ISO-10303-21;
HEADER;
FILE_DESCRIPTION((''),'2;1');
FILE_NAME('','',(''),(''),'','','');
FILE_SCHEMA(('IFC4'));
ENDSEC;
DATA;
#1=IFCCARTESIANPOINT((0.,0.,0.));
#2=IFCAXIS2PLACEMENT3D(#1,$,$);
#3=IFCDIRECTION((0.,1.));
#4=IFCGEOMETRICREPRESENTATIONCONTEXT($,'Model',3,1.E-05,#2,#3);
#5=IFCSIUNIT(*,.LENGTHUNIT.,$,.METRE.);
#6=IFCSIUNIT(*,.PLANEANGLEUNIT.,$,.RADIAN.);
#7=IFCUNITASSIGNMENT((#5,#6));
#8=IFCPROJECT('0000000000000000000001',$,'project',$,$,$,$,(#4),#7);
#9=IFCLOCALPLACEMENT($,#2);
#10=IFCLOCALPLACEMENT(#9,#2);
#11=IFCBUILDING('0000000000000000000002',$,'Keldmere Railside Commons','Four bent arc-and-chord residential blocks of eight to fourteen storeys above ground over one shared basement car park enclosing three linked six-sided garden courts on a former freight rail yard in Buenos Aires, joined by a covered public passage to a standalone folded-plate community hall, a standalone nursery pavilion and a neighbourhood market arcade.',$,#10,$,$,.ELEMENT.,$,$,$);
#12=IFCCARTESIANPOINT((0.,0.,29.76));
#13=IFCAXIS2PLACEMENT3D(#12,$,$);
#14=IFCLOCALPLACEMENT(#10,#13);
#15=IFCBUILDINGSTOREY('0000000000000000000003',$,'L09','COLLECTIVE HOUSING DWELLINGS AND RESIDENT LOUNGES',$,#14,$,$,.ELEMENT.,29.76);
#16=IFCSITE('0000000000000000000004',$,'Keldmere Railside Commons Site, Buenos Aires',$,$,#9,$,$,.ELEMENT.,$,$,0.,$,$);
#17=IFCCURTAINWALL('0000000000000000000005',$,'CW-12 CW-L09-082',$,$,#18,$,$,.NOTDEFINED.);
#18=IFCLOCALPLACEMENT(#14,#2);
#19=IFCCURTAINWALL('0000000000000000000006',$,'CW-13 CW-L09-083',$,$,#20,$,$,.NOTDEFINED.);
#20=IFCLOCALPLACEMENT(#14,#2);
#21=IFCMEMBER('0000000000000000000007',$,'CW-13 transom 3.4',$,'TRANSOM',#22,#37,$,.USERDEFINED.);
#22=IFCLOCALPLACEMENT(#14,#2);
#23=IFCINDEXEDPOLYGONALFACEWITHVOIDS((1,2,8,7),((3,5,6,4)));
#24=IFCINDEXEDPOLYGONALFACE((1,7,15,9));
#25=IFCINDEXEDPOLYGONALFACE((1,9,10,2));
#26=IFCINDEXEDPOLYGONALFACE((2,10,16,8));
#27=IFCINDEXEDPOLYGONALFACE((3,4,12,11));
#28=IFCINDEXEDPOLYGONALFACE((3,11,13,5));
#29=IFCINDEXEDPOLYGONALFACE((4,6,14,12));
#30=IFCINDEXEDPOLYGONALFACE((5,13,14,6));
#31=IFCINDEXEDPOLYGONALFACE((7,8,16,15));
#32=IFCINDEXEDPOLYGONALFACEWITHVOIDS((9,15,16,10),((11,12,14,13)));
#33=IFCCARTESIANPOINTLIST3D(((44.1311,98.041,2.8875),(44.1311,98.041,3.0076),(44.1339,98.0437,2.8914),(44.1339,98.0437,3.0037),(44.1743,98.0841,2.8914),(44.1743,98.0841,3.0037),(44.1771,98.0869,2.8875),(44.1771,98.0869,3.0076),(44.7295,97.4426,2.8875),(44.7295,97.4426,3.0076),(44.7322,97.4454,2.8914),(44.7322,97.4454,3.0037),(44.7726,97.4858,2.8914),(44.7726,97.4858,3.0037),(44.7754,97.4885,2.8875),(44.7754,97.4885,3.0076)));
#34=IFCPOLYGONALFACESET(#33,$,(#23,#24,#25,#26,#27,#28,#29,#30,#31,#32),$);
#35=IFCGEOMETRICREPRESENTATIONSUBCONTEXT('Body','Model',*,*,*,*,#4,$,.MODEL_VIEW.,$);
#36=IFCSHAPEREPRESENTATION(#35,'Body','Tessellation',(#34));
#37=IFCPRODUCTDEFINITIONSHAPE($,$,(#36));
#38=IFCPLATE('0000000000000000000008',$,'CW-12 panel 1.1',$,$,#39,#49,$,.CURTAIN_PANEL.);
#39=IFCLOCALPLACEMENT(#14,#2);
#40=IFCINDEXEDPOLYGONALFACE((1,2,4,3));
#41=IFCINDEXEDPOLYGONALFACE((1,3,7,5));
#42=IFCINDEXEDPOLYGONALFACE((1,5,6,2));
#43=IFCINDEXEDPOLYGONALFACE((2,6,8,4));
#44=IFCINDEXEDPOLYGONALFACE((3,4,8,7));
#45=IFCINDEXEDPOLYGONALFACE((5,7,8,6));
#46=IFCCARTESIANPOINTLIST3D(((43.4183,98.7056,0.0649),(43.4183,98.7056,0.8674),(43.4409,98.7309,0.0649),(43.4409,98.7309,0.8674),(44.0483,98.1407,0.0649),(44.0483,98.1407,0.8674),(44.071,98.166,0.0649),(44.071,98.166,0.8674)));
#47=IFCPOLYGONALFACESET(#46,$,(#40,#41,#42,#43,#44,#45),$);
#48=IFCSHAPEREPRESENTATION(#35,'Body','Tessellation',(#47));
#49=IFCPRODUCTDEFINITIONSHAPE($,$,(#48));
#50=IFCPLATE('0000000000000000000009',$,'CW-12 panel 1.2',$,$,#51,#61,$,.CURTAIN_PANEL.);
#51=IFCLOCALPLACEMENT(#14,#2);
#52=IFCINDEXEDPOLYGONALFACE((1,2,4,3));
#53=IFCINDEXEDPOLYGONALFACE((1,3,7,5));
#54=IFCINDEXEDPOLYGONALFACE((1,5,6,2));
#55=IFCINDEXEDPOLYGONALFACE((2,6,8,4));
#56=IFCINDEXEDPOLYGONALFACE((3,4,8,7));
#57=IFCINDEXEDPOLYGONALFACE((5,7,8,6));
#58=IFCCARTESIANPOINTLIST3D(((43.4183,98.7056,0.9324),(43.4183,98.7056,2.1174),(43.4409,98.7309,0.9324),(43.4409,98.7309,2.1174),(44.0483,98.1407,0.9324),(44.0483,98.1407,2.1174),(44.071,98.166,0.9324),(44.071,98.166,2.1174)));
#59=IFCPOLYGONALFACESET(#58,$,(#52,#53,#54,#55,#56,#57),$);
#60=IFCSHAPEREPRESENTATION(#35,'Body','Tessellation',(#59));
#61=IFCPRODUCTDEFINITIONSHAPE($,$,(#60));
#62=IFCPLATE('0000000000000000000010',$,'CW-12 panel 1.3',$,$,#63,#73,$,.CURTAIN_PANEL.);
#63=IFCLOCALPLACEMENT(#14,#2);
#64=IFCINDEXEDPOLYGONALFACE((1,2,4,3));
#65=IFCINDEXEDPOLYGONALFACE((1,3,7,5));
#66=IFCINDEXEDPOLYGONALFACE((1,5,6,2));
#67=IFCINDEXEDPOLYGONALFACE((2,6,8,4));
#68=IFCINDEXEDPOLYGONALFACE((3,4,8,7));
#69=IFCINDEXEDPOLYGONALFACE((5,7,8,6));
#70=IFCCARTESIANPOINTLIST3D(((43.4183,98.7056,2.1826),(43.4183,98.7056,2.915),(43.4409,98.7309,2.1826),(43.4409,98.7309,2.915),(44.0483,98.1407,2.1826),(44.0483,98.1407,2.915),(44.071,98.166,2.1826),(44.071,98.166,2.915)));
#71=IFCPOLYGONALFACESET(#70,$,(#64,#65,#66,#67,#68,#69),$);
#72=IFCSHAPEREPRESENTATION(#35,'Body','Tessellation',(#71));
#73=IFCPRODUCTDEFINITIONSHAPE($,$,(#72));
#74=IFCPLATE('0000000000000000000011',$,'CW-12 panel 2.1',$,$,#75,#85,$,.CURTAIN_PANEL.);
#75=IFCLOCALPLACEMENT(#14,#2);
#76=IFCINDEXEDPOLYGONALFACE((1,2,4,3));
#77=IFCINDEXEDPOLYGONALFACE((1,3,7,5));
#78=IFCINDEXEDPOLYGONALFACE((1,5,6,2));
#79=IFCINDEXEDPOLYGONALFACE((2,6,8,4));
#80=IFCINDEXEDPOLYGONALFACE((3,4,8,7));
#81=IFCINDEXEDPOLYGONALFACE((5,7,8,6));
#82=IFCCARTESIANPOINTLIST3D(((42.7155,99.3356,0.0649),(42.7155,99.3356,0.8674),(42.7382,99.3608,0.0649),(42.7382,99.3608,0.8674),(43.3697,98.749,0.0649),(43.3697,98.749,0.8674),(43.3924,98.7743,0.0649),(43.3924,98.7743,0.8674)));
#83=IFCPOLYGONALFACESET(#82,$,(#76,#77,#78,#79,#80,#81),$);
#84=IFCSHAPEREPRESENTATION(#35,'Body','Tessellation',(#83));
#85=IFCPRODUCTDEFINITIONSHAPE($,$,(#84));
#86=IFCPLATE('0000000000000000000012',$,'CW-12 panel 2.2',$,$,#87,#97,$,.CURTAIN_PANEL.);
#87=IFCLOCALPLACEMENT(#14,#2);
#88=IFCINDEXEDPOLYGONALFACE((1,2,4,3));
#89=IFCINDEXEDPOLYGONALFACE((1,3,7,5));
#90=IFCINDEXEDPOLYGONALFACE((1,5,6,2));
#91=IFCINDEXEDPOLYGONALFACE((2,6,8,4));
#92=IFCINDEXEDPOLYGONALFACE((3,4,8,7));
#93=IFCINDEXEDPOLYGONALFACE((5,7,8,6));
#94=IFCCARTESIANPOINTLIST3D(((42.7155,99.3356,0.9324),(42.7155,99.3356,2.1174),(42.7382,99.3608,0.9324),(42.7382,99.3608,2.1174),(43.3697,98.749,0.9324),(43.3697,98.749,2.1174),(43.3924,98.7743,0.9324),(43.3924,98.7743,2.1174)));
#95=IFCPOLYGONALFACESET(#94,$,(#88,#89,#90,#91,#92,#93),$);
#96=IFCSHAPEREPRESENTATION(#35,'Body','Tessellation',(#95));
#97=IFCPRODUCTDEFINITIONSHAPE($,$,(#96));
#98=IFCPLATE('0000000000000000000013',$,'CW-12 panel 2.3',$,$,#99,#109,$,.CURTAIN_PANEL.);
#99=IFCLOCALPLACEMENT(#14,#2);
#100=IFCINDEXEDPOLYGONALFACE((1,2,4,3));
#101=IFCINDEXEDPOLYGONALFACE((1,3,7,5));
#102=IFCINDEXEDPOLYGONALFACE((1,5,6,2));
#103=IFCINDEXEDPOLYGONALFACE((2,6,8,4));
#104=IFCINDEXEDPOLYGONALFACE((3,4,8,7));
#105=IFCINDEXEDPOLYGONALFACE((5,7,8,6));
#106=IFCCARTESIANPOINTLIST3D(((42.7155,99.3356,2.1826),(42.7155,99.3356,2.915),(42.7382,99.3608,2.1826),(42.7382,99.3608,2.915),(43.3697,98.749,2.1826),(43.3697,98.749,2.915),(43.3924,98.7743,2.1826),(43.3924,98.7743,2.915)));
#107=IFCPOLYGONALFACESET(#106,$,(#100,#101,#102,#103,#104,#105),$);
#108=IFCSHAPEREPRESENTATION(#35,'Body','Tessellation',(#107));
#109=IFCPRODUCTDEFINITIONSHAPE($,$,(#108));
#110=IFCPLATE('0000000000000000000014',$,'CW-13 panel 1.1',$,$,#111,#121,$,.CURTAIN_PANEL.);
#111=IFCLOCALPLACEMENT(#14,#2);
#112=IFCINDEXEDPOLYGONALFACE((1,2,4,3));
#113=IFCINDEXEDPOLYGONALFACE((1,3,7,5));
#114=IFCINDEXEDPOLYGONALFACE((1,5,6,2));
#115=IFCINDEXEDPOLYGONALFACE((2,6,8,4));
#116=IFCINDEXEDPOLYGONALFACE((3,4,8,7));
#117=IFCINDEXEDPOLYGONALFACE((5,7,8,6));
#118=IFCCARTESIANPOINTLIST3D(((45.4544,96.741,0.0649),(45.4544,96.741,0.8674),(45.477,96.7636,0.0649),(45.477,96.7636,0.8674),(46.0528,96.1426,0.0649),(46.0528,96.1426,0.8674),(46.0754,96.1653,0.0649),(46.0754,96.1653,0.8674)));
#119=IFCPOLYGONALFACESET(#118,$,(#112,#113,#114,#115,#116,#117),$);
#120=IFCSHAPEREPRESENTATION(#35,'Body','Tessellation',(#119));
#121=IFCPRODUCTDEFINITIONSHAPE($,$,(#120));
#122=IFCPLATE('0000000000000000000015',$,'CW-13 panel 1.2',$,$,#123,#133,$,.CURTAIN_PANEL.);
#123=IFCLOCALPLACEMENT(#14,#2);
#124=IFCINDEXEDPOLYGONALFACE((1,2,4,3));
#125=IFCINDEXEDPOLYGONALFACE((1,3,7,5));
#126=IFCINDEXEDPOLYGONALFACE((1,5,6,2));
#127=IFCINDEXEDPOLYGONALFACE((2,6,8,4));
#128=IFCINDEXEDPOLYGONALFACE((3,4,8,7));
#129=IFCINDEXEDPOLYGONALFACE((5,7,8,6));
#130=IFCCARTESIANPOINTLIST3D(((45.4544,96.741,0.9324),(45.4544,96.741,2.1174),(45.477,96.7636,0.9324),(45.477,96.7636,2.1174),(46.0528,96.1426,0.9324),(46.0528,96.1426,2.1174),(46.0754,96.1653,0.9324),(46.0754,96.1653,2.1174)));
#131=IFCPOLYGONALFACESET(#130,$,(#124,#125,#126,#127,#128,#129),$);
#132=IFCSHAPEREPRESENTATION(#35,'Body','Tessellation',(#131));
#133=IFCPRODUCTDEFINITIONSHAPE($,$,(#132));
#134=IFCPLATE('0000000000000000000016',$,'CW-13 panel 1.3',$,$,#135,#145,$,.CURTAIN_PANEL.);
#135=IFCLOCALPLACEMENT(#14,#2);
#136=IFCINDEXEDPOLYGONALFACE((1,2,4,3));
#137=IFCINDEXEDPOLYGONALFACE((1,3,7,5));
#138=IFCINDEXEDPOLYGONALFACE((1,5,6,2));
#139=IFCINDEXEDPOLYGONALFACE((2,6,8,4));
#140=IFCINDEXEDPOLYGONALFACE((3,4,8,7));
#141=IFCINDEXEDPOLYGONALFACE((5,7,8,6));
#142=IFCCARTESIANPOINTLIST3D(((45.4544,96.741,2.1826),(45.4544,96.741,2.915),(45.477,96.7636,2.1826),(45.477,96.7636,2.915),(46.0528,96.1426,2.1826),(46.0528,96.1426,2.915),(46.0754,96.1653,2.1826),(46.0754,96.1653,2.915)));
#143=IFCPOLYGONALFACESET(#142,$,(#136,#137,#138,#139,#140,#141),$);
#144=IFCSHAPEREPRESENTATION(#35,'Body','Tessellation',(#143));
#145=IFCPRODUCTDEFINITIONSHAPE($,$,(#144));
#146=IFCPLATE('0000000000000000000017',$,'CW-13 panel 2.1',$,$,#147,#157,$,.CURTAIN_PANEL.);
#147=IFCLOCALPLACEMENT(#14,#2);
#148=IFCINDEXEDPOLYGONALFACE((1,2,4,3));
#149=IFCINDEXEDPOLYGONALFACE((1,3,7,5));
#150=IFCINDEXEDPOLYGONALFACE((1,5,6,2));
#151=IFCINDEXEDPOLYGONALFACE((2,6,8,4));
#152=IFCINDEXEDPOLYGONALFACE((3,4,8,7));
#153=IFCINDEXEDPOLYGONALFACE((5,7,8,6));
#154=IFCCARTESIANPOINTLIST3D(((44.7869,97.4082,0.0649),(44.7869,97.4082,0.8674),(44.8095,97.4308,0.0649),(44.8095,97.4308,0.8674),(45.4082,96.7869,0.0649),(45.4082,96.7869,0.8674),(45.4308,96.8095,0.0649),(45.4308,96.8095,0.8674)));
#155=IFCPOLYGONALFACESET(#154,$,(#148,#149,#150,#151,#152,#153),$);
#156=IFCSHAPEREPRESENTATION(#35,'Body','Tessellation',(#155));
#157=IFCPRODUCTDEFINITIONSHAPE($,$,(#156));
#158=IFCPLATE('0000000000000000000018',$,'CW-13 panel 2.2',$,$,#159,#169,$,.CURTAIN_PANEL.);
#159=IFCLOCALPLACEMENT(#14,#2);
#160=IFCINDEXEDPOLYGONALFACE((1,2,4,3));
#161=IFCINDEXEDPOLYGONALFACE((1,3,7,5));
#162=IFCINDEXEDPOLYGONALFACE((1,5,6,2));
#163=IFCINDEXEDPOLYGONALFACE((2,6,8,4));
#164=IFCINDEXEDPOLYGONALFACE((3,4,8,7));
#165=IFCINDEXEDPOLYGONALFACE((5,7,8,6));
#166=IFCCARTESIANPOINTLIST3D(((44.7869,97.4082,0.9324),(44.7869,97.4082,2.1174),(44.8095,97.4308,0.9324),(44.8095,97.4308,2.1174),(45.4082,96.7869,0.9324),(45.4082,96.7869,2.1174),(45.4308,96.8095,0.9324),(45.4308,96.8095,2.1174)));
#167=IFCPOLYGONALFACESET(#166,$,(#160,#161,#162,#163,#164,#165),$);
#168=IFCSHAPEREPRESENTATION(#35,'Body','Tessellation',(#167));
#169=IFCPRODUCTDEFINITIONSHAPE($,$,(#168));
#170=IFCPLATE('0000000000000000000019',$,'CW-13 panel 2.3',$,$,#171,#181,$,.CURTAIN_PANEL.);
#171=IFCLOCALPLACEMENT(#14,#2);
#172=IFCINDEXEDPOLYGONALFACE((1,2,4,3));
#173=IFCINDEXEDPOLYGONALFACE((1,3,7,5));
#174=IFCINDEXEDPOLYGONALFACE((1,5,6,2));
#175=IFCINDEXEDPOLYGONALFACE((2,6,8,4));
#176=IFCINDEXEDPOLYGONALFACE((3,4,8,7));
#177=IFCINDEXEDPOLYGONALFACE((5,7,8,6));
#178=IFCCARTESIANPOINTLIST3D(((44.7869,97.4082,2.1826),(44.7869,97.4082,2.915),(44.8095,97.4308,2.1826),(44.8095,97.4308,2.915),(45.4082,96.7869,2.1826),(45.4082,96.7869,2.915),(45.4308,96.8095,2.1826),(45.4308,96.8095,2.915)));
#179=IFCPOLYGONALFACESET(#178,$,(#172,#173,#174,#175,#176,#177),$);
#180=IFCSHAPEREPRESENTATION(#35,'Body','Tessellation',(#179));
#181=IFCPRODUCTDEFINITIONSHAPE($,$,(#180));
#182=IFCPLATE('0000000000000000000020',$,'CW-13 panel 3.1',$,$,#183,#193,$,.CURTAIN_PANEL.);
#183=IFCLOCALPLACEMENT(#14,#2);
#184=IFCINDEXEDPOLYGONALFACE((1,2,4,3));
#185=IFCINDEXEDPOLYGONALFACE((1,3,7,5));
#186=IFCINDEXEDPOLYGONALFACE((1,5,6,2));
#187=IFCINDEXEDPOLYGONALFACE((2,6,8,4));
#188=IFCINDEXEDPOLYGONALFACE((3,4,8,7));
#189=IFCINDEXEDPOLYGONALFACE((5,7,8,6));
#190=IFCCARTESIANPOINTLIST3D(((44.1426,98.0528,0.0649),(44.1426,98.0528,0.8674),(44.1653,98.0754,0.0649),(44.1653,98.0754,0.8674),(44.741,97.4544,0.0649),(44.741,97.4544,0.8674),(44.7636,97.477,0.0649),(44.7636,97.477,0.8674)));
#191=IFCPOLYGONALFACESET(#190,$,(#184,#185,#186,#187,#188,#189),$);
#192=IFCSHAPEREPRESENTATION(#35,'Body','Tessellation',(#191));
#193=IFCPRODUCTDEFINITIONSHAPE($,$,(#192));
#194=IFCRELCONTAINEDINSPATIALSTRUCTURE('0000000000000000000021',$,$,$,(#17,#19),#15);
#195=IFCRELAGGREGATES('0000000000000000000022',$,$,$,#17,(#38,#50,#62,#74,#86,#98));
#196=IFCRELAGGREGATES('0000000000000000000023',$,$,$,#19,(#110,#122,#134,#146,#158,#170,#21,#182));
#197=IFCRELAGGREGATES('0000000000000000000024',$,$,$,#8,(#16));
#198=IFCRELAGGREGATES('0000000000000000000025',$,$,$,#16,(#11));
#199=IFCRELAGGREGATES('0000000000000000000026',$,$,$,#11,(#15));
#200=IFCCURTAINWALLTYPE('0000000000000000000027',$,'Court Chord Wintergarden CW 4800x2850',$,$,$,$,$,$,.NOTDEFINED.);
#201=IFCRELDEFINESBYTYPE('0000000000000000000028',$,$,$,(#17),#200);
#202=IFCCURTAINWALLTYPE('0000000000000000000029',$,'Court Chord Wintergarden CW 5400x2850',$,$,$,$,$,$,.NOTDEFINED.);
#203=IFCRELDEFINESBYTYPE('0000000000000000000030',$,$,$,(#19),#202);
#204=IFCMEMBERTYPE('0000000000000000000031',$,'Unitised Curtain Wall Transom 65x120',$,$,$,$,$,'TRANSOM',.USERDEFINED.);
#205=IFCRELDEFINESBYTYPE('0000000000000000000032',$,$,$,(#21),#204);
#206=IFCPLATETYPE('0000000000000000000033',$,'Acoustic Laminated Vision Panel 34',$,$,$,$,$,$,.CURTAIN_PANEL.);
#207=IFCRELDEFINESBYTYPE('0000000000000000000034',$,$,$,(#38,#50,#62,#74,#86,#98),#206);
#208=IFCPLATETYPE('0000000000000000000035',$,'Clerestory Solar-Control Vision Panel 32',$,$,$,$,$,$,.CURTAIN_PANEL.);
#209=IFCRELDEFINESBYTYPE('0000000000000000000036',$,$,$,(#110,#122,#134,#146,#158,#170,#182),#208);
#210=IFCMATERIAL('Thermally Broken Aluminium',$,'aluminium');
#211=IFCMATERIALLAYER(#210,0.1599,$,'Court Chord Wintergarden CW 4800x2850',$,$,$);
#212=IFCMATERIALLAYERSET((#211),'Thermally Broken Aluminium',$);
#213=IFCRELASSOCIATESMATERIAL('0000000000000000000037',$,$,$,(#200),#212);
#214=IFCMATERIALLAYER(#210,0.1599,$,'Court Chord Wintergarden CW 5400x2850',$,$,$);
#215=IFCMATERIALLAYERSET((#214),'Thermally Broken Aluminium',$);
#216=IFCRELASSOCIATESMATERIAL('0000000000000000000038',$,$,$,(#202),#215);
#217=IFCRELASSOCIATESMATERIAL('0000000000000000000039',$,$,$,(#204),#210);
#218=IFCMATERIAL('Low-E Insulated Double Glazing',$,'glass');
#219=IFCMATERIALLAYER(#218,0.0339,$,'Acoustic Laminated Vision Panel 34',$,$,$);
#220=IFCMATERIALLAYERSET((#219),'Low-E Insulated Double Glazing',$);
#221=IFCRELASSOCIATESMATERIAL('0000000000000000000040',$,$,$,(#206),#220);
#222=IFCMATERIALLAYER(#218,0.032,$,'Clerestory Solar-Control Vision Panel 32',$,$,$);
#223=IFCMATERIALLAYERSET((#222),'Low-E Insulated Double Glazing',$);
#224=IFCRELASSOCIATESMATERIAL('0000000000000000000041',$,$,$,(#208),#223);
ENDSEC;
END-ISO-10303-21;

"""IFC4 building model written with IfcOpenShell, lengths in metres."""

from ifc_helpers import new_model, si_unit, direction, frame, origin, origin_2d, place, context, subcontext, project, spatial, rectangle, hollow_rectangle, extrude, material, layer, layer_set, material_profile, profile_set, type_object, element, aggregate, save


model = new_model("IFC4")

# Units and contexts
model_context = context("Model", 3, precision=1e-05, world=origin(), true_north=direction((0.0, 1.0)))
body_context = subcontext(model_context, "Body", "Model", "MODEL_VIEW")
ifc_project = project(units=[si_unit("LENGTHUNIT", "METRE"), si_unit("PLANEANGLEUNIT", "RADIAN")], contexts=[model_context])

# Site, building, storey
site_placement = place(None, origin())
site = spatial("IfcSite", under=ifc_project, at=site_placement, Name="Keldmere Railside Commons Site, Buenos Aires", CompositionType="ELEMENT", RefElevation=0.0)
building_placement = place(site_placement, origin())
building = spatial("IfcBuilding", under=site, at=building_placement, Name="Keldmere Railside Commons", Description="Four bent arc-and-chord residential blocks of eight to fourteen storeys above ground over one shared basement car park enclosing three linked six-sided garden courts on a former freight rail yard in Buenos Aires, joined by a covered public passage to a standalone folded-plate community hall, a standalone nursery pavilion and a neighbourhood market arcade.", CompositionType="ELEMENT")
storey_placement = place(building_placement, frame((0.0, 0.0, 29.76)))
storey = spatial("IfcBuildingStorey", under=building, at=storey_placement, Name="L09", Description="COLLECTIVE HOUSING DWELLINGS AND RESIDENT LOUNGES", CompositionType="ELEMENT", Elevation=29.76)

# Curtain walls
ifc_material_1 = material(Name="Thermally Broken Aluminium", Category="aluminium")
ifc_layer_1 = layer(ifc_material_1, 0.1599, Name="Court Chord Wintergarden CW 4800x2850")
ifc_layer_set_1 = layer_set([ifc_layer_1], Name="Thermally Broken Aluminium")
curtain_wall_type_1 = type_object("IfcCurtainWallType", Name="Court Chord Wintergarden CW 4800x2850", PredefinedType="NOTDEFINED", material=ifc_layer_set_1)
curtain_wall_1_placement = place(storey_placement, origin())
curtain_wall_1 = element("IfcCurtainWall", 1, at=curtain_wall_1_placement, inside=storey, type_object=curtain_wall_type_1, Name="CW-12 CW-L09-082", PredefinedType="NOTDEFINED")
ifc_layer_2 = layer(ifc_material_1, 0.1599, Name="Court Chord Wintergarden CW 5400x2850")
ifc_layer_set_2 = layer_set([ifc_layer_2], Name="Thermally Broken Aluminium")
curtain_wall_type_2 = type_object("IfcCurtainWallType", Name="Court Chord Wintergarden CW 5400x2850", PredefinedType="NOTDEFINED", material=ifc_layer_set_2)
curtain_wall_2_placement = place(storey_placement, origin())
curtain_wall_2 = element("IfcCurtainWall", 2, at=curtain_wall_2_placement, inside=storey, type_object=curtain_wall_type_2, Name="CW-13 CW-L09-083", PredefinedType="NOTDEFINED")

# Member
ifc_material_profile_1 = material_profile(ifc_material_1, hollow_rectangle(XDim=0.0649, YDim=0.1201, WallThickness=0.0039, at=origin_2d()), Name="ALU-TRAN-65x120")
ifc_profile_set_1 = profile_set([ifc_material_profile_1], Name="Thermally Broken Aluminium")
member_type_1 = type_object("IfcMemberType", Name="Unitised Curtain Wall Transom 65x120", ElementType="TRANSOM", PredefinedType="USERDEFINED", material=ifc_profile_set_1)
member_1_placement = place(storey_placement, frame((44.7524, 97.4656, 2.9475), z_axis=(-0.707107, 0.707107, 0.0), x_axis=(-0.707107, -0.707107, 0.0)))
member_1 = element("IfcMember", 3, at=member_1_placement, type_object=member_type_1, Name="CW-13 transom 3.4", ObjectType="TRANSOM", PredefinedType="USERDEFINED", context=body_context, shape_type="SweptSolid", body=[
    extrude(hollow_rectangle(XDim=0.0649, YDim=0.1201, WallThickness=0.0039, at=origin_2d()), origin(), (0.0, 0.0, 1.0), 0.8462),
])

# Plates
ifc_material_2 = material(Name="Low-E Insulated Double Glazing", Category="glass")
ifc_layer_3 = layer(ifc_material_2, 0.0339, Name="Acoustic Laminated Vision Panel 34")
ifc_layer_set_3 = layer_set([ifc_layer_3], Name="Low-E Insulated Double Glazing")
plate_type_1 = type_object("IfcPlateType", Name="Acoustic Laminated Vision Panel 34", PredefinedType="CURTAIN_PANEL", material=ifc_layer_set_3)
plate_1_placement = place(storey_placement, frame((43.7446, 98.4358, 0.0649), z_axis=(0.0, 0.0, 1.0), x_axis=(-0.744557, 0.667559, 0.0)))
plate_1 = element("IfcPlate", 4, at=plate_1_placement, type_object=plate_type_1, Name="CW-12 panel 1.1", PredefinedType="CURTAIN_PANEL", context=body_context, shape_type="SweptSolid", body=[
    extrude(rectangle(XDim=0.8462, YDim=0.0339, at=origin_2d()), origin(), (0.0, 0.0, 1.0), 0.8025),
])
plate_2_placement = place(storey_placement, frame((43.7446, 98.4358, 0.9324), z_axis=(0.0, 0.0, 1.0), x_axis=(-0.744557, 0.667559, 0.0)))
plate_2 = element("IfcPlate", 5, at=plate_2_placement, type_object=plate_type_1, Name="CW-12 panel 1.2", PredefinedType="CURTAIN_PANEL", context=body_context, shape_type="SweptSolid", body=[
    extrude(rectangle(XDim=0.8462, YDim=0.0339, at=origin_2d()), origin(), (0.0, 0.0, 1.0), 1.1851),
])
plate_3_placement = place(storey_placement, frame((43.7446, 98.4358, 2.1826), z_axis=(0.0, 0.0, 1.0), x_axis=(-0.744557, 0.667559, 0.0)))
plate_3 = element("IfcPlate", 6, at=plate_3_placement, type_object=plate_type_1, Name="CW-12 panel 1.3", PredefinedType="CURTAIN_PANEL", context=body_context, shape_type="SweptSolid", body=[
    extrude(rectangle(XDim=0.8462, YDim=0.0339, at=origin_2d()), origin(), (0.0, 0.0, 1.0), 0.7324),
])
plate_4_placement = place(storey_placement, frame((43.054, 99.0549, 0.0649), z_axis=(0.0, 0.0, 1.0), x_axis=(-0.744557, 0.667559, 0.0)))
plate_4 = element("IfcPlate", 7, at=plate_4_placement, type_object=plate_type_1, Name="CW-12 panel 2.1", PredefinedType="CURTAIN_PANEL", context=body_context, shape_type="SweptSolid", body=[
    extrude(rectangle(XDim=0.8787, YDim=0.0339, at=origin_2d()), origin(), (0.0, 0.0, 1.0), 0.8025),
])
plate_5_placement = place(storey_placement, frame((43.054, 99.0549, 0.9324), z_axis=(0.0, 0.0, 1.0), x_axis=(-0.744557, 0.667559, 0.0)))
plate_5 = element("IfcPlate", 8, at=plate_5_placement, type_object=plate_type_1, Name="CW-12 panel 2.2", PredefinedType="CURTAIN_PANEL", context=body_context, shape_type="SweptSolid", body=[
    extrude(rectangle(XDim=0.8787, YDim=0.0339, at=origin_2d()), origin(), (0.0, 0.0, 1.0), 1.1851),
])
plate_6_placement = place(storey_placement, frame((43.054, 99.0549, 2.1826), z_axis=(0.0, 0.0, 1.0), x_axis=(-0.744557, 0.667559, 0.0)))
plate_6 = element("IfcPlate", 9, at=plate_6_placement, type_object=plate_type_1, Name="CW-12 panel 2.3", PredefinedType="CURTAIN_PANEL", context=body_context, shape_type="SweptSolid", body=[
    extrude(rectangle(XDim=0.8787, YDim=0.0339, at=origin_2d()), origin(), (0.0, 0.0, 1.0), 0.7324),
])
aggregate(curtain_wall_1, [plate_1, plate_2, plate_3, plate_4, plate_5, plate_6])
ifc_layer_4 = layer(ifc_material_2, 0.032, Name="Clerestory Solar-Control Vision Panel 32")
ifc_layer_set_4 = layer_set([ifc_layer_4], Name="Low-E Insulated Double Glazing")
plate_type_2 = type_object("IfcPlateType", Name="Clerestory Solar-Control Vision Panel 32", PredefinedType="CURTAIN_PANEL", material=ifc_layer_set_4)
plate_7_placement = place(storey_placement, frame((45.7649, 96.4531, 0.0649), z_axis=(0.0, 0.0, 1.0), x_axis=(-0.707107, 0.707107, 0.0)))
plate_7 = element("IfcPlate", 10, at=plate_7_placement, type_object=plate_type_2, Name="CW-13 panel 1.1", PredefinedType="CURTAIN_PANEL", context=body_context, shape_type="SweptSolid", body=[
    extrude(rectangle(XDim=0.8462, YDim=0.032, at=origin_2d()), origin(), (0.0, 0.0, 1.0), 0.8025),
])
plate_8_placement = place(storey_placement, frame((45.7649, 96.4531, 0.9324), z_axis=(0.0, 0.0, 1.0), x_axis=(-0.707107, 0.707107, 0.0)))
plate_8 = element("IfcPlate", 11, at=plate_8_placement, type_object=plate_type_2, Name="CW-13 panel 1.2", PredefinedType="CURTAIN_PANEL", context=body_context, shape_type="SweptSolid", body=[
    extrude(rectangle(XDim=0.8462, YDim=0.032, at=origin_2d()), origin(), (0.0, 0.0, 1.0), 1.1851),
])
plate_9_placement = place(storey_placement, frame((45.7649, 96.4531, 2.1826), z_axis=(0.0, 0.0, 1.0), x_axis=(-0.707107, 0.707107, 0.0)))
plate_9 = element("IfcPlate", 12, at=plate_9_placement, type_object=plate_type_2, Name="CW-13 panel 1.3", PredefinedType="CURTAIN_PANEL", context=body_context, shape_type="SweptSolid", body=[
    extrude(rectangle(XDim=0.8462, YDim=0.032, at=origin_2d()), origin(), (0.0, 0.0, 1.0), 0.7324),
])
plate_10_placement = place(storey_placement, frame((45.1089, 97.1089, 0.0649), z_axis=(0.0, 0.0, 1.0), x_axis=(-0.707107, 0.707107, 0.0)))
plate_10 = element("IfcPlate", 13, at=plate_10_placement, type_object=plate_type_2, Name="CW-13 panel 2.1", PredefinedType="CURTAIN_PANEL", context=body_context, shape_type="SweptSolid", body=[
    extrude(rectangle(XDim=0.8787, YDim=0.032, at=origin_2d()), origin(), (0.0, 0.0, 1.0), 0.8025),
])
plate_11_placement = place(storey_placement, frame((45.1089, 97.1089, 0.9324), z_axis=(0.0, 0.0, 1.0), x_axis=(-0.707107, 0.707107, 0.0)))
plate_11 = element("IfcPlate", 14, at=plate_11_placement, type_object=plate_type_2, Name="CW-13 panel 2.2", PredefinedType="CURTAIN_PANEL", context=body_context, shape_type="SweptSolid", body=[
    extrude(rectangle(XDim=0.8787, YDim=0.032, at=origin_2d()), origin(), (0.0, 0.0, 1.0), 1.1851),
])
plate_12_placement = place(storey_placement, frame((45.1089, 97.1089, 2.1826), z_axis=(0.0, 0.0, 1.0), x_axis=(-0.707107, 0.707107, 0.0)))
plate_12 = element("IfcPlate", 15, at=plate_12_placement, type_object=plate_type_2, Name="CW-13 panel 2.3", PredefinedType="CURTAIN_PANEL", context=body_context, shape_type="SweptSolid", body=[
    extrude(rectangle(XDim=0.8787, YDim=0.032, at=origin_2d()), origin(), (0.0, 0.0, 1.0), 0.7324),
])
plate_13_placement = place(storey_placement, frame((44.4531, 97.7649, 0.0649), z_axis=(0.0, 0.0, 1.0), x_axis=(-0.707107, 0.707107, 0.0)))
plate_13 = element("IfcPlate", 16, at=plate_13_placement, type_object=plate_type_2, Name="CW-13 panel 3.1", PredefinedType="CURTAIN_PANEL", context=body_context, shape_type="SweptSolid", body=[
    extrude(rectangle(XDim=0.8462, YDim=0.032, at=origin_2d()), origin(), (0.0, 0.0, 1.0), 0.8025),
])
aggregate(curtain_wall_2, [plate_7, plate_8, plate_9, plate_10, plate_11, plate_12, member_1, plate_13])

save(model, "model.ifc")
